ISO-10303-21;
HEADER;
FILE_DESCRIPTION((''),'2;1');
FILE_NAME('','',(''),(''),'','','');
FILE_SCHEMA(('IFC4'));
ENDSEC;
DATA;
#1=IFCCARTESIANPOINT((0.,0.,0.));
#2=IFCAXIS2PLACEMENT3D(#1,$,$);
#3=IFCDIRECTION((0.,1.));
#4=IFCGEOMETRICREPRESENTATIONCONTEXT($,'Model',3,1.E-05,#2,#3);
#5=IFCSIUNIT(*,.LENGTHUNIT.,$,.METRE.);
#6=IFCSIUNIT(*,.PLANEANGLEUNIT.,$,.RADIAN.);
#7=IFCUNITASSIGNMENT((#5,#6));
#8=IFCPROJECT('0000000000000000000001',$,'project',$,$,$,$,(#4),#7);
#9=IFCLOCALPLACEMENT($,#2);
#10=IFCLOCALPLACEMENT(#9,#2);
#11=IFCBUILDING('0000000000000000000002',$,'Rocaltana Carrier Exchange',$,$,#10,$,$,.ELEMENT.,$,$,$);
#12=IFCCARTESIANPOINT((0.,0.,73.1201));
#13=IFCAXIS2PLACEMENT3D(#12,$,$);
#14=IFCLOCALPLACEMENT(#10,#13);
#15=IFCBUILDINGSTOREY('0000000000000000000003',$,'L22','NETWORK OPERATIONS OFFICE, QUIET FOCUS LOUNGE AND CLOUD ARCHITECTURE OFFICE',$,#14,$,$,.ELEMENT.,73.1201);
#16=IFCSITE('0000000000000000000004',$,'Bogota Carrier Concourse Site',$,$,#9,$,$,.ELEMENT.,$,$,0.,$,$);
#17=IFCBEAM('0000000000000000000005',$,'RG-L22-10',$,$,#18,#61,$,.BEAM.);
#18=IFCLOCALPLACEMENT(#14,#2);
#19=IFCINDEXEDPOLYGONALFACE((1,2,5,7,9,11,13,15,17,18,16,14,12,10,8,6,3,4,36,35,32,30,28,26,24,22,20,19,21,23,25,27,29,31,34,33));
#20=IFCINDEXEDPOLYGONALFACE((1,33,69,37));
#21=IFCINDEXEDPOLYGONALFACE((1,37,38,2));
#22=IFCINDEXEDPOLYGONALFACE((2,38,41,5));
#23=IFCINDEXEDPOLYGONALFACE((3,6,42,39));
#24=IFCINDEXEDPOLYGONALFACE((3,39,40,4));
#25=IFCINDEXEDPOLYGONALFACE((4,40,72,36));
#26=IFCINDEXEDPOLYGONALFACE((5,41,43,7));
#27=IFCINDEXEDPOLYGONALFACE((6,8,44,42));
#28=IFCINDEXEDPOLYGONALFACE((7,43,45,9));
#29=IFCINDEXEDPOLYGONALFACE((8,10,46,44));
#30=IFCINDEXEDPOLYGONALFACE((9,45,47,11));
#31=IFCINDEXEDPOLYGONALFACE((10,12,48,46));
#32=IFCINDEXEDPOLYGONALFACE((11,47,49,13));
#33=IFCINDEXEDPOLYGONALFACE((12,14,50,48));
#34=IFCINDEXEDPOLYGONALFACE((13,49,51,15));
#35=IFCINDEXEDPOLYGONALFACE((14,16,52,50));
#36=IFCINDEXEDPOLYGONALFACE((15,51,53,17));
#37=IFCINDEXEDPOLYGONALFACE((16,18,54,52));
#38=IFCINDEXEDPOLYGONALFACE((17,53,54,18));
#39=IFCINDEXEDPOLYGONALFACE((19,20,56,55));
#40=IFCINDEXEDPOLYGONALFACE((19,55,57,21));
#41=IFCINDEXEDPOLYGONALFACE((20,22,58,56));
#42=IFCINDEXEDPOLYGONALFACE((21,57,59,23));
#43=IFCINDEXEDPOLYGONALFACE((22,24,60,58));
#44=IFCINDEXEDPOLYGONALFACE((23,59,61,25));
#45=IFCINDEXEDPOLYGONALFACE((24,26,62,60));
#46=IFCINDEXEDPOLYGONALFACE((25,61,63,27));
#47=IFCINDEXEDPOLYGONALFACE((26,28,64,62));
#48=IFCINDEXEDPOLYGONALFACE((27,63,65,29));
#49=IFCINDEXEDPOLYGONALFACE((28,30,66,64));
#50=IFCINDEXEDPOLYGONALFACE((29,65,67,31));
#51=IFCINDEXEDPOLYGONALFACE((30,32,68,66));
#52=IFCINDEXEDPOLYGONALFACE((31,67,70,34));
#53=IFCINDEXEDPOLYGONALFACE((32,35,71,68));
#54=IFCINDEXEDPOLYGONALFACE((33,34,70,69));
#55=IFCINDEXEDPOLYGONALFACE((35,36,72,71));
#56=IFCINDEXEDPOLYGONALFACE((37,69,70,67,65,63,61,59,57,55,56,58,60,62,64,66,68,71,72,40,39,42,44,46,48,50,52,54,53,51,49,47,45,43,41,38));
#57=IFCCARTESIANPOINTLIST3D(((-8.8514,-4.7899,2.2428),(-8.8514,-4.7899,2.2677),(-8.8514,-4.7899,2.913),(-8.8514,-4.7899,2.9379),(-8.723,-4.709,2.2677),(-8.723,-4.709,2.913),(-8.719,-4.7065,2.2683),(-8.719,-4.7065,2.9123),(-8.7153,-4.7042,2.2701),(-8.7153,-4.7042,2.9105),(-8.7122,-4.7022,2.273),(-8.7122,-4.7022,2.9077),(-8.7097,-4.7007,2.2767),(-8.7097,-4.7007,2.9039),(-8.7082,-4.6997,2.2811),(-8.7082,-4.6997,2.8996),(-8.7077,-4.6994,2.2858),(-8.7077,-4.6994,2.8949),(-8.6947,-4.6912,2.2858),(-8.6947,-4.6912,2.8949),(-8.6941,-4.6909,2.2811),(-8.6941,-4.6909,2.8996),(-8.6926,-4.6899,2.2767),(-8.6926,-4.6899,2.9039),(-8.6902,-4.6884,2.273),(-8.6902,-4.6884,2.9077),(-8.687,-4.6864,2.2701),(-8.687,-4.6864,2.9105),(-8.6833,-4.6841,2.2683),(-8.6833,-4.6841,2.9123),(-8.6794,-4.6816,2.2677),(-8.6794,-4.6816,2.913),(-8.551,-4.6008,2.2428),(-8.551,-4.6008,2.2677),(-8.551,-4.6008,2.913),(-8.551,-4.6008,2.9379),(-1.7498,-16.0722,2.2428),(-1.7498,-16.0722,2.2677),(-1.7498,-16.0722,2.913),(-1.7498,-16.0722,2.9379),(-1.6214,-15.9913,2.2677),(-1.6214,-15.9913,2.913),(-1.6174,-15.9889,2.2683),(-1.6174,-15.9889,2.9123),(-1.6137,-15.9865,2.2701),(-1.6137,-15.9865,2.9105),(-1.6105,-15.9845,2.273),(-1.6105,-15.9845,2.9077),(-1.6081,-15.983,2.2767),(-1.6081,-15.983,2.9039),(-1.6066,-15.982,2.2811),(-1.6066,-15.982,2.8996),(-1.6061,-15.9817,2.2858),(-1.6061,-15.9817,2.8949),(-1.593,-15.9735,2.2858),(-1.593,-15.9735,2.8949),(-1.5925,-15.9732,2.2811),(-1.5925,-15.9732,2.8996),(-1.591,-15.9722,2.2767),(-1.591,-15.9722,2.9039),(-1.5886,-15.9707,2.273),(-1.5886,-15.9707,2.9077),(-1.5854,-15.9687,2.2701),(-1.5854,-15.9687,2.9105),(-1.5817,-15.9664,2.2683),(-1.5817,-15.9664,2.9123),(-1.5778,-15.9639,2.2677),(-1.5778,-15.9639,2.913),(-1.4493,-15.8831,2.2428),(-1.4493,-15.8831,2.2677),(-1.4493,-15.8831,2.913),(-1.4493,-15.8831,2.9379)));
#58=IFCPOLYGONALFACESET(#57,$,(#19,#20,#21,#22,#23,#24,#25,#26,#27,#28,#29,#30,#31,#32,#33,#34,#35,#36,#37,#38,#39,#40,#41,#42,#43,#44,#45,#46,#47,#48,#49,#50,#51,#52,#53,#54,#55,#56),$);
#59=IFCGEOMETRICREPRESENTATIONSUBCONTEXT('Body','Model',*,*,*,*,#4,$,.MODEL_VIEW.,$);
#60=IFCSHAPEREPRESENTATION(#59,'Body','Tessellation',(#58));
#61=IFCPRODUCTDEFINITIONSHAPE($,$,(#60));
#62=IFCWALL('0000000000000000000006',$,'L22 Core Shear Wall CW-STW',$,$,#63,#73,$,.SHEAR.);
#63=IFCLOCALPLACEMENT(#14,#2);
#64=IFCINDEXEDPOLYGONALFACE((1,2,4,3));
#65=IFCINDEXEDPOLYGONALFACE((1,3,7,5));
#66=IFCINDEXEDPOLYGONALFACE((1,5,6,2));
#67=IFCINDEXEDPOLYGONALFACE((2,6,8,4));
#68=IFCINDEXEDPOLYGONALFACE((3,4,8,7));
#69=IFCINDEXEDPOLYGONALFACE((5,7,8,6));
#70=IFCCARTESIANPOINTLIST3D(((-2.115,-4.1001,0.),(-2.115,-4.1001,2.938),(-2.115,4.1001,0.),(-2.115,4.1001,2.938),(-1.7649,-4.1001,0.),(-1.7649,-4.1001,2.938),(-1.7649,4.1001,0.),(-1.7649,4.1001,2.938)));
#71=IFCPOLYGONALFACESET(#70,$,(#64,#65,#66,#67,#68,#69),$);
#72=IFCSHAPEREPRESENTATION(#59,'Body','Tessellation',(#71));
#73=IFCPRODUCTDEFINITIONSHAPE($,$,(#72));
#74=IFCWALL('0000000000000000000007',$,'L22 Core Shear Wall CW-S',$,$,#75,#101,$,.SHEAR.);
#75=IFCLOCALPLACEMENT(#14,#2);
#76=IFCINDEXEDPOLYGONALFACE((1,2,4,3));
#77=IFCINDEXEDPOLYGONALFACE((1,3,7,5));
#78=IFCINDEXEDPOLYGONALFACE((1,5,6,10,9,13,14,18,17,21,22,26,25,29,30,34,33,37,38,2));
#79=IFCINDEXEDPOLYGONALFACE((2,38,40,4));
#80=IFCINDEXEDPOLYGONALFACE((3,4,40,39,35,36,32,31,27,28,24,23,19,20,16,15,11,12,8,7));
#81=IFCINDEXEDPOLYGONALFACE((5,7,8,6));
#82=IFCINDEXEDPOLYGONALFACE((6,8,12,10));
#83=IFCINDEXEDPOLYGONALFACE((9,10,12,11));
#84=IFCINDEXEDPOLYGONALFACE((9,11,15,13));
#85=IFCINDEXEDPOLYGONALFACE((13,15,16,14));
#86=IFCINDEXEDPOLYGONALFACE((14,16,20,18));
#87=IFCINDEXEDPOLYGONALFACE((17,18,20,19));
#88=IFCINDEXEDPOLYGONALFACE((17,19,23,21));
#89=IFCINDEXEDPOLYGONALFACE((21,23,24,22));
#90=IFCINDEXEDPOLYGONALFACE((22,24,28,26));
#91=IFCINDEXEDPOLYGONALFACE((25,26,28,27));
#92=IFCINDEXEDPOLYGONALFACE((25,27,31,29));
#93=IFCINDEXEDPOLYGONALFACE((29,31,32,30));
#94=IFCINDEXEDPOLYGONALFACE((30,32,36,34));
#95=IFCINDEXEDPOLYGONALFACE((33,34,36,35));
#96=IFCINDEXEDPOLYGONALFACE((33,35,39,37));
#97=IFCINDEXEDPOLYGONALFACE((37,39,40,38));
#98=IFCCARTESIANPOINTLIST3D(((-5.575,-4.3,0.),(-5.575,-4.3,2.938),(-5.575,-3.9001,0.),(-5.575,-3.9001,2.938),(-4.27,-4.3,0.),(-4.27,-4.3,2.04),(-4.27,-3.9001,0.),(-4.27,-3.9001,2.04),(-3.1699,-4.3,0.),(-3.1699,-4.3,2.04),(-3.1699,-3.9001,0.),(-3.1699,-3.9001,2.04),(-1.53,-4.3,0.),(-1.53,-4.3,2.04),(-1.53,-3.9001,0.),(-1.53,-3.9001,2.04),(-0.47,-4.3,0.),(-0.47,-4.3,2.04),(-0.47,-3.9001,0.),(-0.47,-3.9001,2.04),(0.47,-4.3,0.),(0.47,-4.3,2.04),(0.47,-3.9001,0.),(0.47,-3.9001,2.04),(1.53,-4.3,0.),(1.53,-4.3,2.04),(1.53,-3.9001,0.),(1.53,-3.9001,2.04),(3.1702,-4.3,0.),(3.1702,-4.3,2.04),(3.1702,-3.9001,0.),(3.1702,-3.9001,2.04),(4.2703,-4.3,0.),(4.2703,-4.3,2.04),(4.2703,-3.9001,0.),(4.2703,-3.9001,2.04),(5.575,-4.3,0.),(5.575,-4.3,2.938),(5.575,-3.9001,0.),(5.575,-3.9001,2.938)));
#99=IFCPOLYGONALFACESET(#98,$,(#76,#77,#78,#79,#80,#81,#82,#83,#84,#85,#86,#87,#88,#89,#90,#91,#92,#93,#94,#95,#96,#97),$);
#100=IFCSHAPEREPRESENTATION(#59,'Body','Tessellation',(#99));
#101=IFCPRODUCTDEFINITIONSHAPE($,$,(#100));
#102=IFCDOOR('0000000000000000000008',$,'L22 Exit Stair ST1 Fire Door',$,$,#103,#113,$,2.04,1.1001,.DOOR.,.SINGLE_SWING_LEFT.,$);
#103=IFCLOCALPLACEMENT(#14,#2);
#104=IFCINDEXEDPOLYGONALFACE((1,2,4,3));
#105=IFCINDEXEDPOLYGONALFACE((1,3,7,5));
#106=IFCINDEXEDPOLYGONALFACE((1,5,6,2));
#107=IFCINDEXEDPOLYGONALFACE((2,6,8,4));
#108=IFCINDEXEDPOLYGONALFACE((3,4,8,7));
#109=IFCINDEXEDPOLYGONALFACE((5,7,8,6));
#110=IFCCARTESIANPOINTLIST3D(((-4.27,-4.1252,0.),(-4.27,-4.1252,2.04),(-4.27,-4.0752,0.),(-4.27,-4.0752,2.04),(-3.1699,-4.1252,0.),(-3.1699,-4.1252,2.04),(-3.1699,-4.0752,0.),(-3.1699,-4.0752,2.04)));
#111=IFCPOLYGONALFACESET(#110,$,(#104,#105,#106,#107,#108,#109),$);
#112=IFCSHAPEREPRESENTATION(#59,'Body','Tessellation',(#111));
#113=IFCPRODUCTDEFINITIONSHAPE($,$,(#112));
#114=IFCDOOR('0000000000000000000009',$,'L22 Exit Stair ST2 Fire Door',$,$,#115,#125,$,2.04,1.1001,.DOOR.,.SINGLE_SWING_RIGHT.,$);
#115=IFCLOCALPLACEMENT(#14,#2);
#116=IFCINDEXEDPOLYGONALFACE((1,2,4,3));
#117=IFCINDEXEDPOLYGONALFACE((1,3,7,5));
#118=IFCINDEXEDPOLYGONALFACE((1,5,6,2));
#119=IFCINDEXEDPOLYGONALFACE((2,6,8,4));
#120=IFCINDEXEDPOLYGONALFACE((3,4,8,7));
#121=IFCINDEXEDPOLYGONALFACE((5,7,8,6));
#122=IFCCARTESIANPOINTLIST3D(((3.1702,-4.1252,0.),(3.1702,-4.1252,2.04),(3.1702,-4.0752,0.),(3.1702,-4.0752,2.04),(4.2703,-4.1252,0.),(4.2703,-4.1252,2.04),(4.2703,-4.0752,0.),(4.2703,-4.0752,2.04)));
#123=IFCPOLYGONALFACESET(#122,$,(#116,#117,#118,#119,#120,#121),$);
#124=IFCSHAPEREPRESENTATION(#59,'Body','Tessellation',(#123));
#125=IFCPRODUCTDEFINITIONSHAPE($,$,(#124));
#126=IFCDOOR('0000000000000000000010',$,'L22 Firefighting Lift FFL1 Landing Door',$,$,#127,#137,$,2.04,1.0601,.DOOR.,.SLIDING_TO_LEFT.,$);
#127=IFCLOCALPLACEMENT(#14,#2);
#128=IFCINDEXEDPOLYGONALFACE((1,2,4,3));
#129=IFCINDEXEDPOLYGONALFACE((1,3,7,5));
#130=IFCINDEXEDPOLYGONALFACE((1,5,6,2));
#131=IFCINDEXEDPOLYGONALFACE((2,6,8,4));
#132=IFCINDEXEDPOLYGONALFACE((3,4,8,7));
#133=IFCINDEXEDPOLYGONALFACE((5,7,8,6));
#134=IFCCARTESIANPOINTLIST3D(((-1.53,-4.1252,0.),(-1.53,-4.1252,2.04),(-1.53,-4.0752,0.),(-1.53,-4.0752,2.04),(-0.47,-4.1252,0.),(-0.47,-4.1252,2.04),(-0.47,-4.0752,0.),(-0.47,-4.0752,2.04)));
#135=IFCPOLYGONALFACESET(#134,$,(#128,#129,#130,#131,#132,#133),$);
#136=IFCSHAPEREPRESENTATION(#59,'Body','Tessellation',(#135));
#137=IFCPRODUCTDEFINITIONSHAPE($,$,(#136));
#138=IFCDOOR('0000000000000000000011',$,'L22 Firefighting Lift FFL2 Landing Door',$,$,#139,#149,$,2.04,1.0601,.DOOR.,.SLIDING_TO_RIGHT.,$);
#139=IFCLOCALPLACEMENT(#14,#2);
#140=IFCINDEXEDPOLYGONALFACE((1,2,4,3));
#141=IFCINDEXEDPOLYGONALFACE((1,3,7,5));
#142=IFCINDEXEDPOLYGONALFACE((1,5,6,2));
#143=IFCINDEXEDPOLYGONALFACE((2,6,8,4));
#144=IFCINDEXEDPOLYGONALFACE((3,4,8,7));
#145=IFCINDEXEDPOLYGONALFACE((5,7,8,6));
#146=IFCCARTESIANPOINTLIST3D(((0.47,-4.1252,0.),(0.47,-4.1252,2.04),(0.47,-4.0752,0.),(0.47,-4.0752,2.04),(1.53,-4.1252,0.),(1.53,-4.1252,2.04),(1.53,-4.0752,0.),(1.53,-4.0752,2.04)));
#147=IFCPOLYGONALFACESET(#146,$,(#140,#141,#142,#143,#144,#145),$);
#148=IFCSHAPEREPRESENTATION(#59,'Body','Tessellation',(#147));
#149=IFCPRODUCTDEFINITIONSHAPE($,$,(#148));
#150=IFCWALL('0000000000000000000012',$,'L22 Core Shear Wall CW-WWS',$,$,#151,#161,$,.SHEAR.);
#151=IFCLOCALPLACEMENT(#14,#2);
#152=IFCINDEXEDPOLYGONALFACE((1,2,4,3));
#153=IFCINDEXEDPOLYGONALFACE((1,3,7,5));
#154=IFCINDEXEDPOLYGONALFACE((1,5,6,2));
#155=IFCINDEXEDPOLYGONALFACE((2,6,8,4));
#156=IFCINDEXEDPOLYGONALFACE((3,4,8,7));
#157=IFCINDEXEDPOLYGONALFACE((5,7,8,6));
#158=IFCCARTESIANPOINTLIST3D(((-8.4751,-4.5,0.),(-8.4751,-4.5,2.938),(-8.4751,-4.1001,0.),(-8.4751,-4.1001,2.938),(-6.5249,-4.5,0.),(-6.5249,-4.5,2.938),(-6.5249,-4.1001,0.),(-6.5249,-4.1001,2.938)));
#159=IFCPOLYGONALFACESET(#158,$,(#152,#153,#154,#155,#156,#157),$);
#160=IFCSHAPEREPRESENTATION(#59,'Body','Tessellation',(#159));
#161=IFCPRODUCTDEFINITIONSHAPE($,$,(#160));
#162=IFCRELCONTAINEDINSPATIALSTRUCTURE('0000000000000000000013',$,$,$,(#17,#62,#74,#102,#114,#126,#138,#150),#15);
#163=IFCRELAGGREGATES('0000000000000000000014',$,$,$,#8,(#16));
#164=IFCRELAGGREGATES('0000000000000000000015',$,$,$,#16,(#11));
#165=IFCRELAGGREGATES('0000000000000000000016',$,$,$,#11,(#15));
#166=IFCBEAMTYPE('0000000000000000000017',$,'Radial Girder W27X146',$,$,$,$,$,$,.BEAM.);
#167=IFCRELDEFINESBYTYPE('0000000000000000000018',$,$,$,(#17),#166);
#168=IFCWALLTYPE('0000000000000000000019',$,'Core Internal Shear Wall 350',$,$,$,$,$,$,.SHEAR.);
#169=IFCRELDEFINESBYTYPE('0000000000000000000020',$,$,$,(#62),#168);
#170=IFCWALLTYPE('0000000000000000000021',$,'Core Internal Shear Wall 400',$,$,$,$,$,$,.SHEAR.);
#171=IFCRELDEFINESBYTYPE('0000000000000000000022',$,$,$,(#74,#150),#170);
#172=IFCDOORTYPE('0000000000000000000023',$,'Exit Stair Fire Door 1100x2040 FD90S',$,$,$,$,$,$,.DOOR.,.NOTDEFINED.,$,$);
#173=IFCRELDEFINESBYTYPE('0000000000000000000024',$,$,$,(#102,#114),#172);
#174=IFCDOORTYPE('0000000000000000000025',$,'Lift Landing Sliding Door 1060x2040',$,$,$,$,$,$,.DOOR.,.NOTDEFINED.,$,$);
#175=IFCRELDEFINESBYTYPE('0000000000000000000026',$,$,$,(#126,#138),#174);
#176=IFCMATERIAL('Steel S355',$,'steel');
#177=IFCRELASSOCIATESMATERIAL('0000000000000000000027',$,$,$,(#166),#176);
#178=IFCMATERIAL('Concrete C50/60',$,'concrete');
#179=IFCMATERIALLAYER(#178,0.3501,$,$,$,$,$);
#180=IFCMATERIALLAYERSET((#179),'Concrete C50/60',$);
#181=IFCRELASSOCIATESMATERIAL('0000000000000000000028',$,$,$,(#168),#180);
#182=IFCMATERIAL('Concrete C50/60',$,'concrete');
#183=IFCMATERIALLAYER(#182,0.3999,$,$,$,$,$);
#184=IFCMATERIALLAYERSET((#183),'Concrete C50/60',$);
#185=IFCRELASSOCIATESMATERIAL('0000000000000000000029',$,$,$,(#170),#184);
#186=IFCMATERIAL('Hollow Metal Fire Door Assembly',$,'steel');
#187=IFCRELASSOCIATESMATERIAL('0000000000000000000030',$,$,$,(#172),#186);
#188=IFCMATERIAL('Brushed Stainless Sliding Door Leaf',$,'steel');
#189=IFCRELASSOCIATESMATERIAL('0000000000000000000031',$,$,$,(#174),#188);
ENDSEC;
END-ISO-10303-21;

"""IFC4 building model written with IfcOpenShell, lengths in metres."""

from ifc_helpers import new_model, si_unit, direction, frame, frame_2d, origin, origin_2d, place, context, subcontext, project, spatial, rectangle, i_section, extrude, material, layer, layer_set, material_profile, profile_set, type_object, element, fill, save


model = new_model("IFC4")

# Units and contexts
model_context = context("Model", 3, precision=1e-05, world=origin(), true_north=direction((0.0, 1.0)))
body_context = subcontext(model_context, "Body", "Model", "MODEL_VIEW")
ifc_project = project(units=[si_unit("LENGTHUNIT", "METRE"), si_unit("PLANEANGLEUNIT", "RADIAN")], contexts=[model_context])

# Site, building, storey
site_placement = place(None, origin())
site = spatial("IfcSite", under=ifc_project, at=site_placement, Name="Bogota Carrier Concourse Site", CompositionType="ELEMENT", RefElevation=0.0)
building_placement = place(site_placement, origin())
building = spatial("IfcBuilding", under=site, at=building_placement, Name="Rocaltana Carrier Exchange", CompositionType="ELEMENT")
storey_placement = place(building_placement, frame((0.0, 0.0, 73.1201)))
storey = spatial("IfcBuildingStorey", under=building, at=storey_placement, Name="L22", Description="NETWORK OPERATIONS OFFICE, QUIET FOCUS LOUNGE AND CLOUD ARCHITECTURE OFFICE", CompositionType="ELEMENT", Elevation=73.1201)

# Beam
ifc_material_1 = material(Name="Steel S355", Category="steel")
ifc_material_profile_1 = material_profile(ifc_material_1, i_section(OverallWidth=0.355, OverallDepth=0.6951, WebThickness=0.0154, FlangeThickness=0.0249, FilletRadius=0.0181, at=origin_2d()), Name="W27X146")
ifc_profile_set_1 = profile_set([ifc_material_profile_1], Name="Steel S355")
beam_type_1 = type_object("IfcBeamType", Name="Radial Girder W27X146", PredefinedType="BEAM", material=ifc_profile_set_1)
beam_1_placement = place(storey_placement, frame((-8.7012, -4.6953, 2.5903), z_axis=(0.532703, -0.846303, 0.0), x_axis=(0.846303, 0.532703, 0.0)))
element("IfcBeam", 1, at=beam_1_placement, inside=storey, type_object=beam_type_1, Name="RG-L22-10", PredefinedType="BEAM", context=body_context, shape_type="SweptSolid", body=[
    extrude(i_section(OverallWidth=0.355, OverallDepth=0.6951, WebThickness=0.0154, FlangeThickness=0.0249, FilletRadius=0.0181, at=origin_2d()), origin(), (0.0, 0.0, 1.0), 13.3313),
])

# Wall
ifc_material_2 = material(Name="Concrete C50/60", Category="concrete")
ifc_layer_1 = layer(ifc_material_2, 0.3501)
ifc_layer_set_1 = layer_set([ifc_layer_1], Name="Concrete C50/60")
wall_type_1 = type_object("IfcWallType", Name="Core Internal Shear Wall 350", PredefinedType="SHEAR", material=ifc_layer_set_1)
wall_1_placement = place(storey_placement, frame((-1.9399, -4.1001, 0.0), z_axis=(0.0, 0.0, 1.0), x_axis=(0.0, 1.0, 0.0)))
element("IfcWall", 2, at=wall_1_placement, inside=storey, type_object=wall_type_1, Name="L22 Core Shear Wall CW-STW", PredefinedType="SHEAR", context=body_context, shape_type="SweptSolid", body=[
    extrude(rectangle(XDim=8.2002, YDim=0.3501, at=frame_2d((4.1001, 0.0))), origin(), (0.0, 0.0, 1.0), 2.938),
])

# Wall, openings, doors
ifc_material_3 = material(Name="Concrete C50/60", Category="concrete")
ifc_layer_2 = layer(ifc_material_3, 0.3999)
ifc_layer_set_2 = layer_set([ifc_layer_2], Name="Concrete C50/60")
wall_type_2 = type_object("IfcWallType", Name="Core Internal Shear Wall 400", PredefinedType="SHEAR", material=ifc_layer_set_2)
wall_2_placement = place(storey_placement, frame((-5.575, -4.1001, 0.0), z_axis=(0.0, 0.0, 1.0), x_axis=(1.0, 0.0, 0.0)))
wall_2 = element("IfcWall", 3, at=wall_2_placement, inside=storey, type_object=wall_type_2, Name="L22 Core Shear Wall CW-S", PredefinedType="SHEAR", context=body_context, shape_type="SweptSolid", body=[
    extrude(rectangle(XDim=11.1499, YDim=0.3999, at=frame_2d((5.575, 0.0))), origin(), (0.0, 0.0, 1.0), 2.938),
])
opening_1_placement = place(wall_2_placement, frame((1.3049, 0.0, 0.0)))
opening_1 = element("IfcOpeningElement", 4, at=opening_1_placement, cuts=wall_2, PredefinedType="OPENING", context=body_context, shape_type="SweptSolid", body=[
    extrude(rectangle(XDim=1.1001, YDim=2.04, at=frame_2d((0.55, 1.02))), frame((0.0, 0.21, 0.0), z_axis=(0.0, -1.0, 0.0), x_axis=(1.0, 0.0, 0.0)), (0.0, 0.0, 1.0), 0.4199),
])
opening_2_placement = place(wall_2_placement, frame((8.7451, 0.0, 0.0)))
opening_2 = element("IfcOpeningElement", 5, at=opening_2_placement, cuts=wall_2, PredefinedType="OPENING", context=body_context, shape_type="SweptSolid", body=[
    extrude(rectangle(XDim=1.1001, YDim=2.04, at=frame_2d((0.55, 1.02))), frame((0.0, 0.21, 0.0), z_axis=(0.0, -1.0, 0.0), x_axis=(1.0, 0.0, 0.0)), (0.0, 0.0, 1.0), 0.4199),
])
opening_3_placement = place(wall_2_placement, frame((4.0449, 0.0, 0.0)))
opening_3 = element("IfcOpeningElement", 6, at=opening_3_placement, cuts=wall_2, PredefinedType="OPENING", context=body_context, shape_type="SweptSolid", body=[
    extrude(rectangle(XDim=1.0601, YDim=2.04, at=frame_2d((0.53, 1.02))), frame((0.0, 0.21, 0.0), z_axis=(0.0, -1.0, 0.0), x_axis=(1.0, 0.0, 0.0)), (0.0, 0.0, 1.0), 0.4199),
])
opening_4_placement = place(wall_2_placement, frame((6.0449, 0.0, 0.0)))
opening_4 = element("IfcOpeningElement", 7, at=opening_4_placement, cuts=wall_2, PredefinedType="OPENING", context=body_context, shape_type="SweptSolid", body=[
    extrude(rectangle(XDim=1.0601, YDim=2.04, at=frame_2d((0.53, 1.02))), frame((0.0, 0.21, 0.0), z_axis=(0.0, -1.0, 0.0), x_axis=(1.0, 0.0, 0.0)), (0.0, 0.0, 1.0), 0.4199),
])
ifc_material_4 = material(Name="Hollow Metal Fire Door Assembly", Category="steel")
door_type_1 = type_object("IfcDoorType", Name="Exit Stair Fire Door 1100x2040 FD90S", OperationType="NOTDEFINED", PredefinedType="DOOR", material=ifc_material_4)
door_1_placement = place(opening_1_placement, origin())
door_1 = element("IfcDoor", 8, at=door_1_placement, inside=storey, type_object=door_type_1, Name="L22 Exit Stair ST1 Fire Door", OperationType="SINGLE_SWING_LEFT", OverallHeight=2.04, OverallWidth=1.1001, PredefinedType="DOOR", context=body_context, shape_type="SweptSolid", body=[
    extrude(rectangle(XDim=1.1001, YDim=2.04, at=frame_2d((0.55, 1.02))), frame((0.0, 0.0249, 0.0), z_axis=(0.0, -1.0, 0.0), x_axis=(1.0, 0.0, 0.0)), (0.0, 0.0, 1.0), 0.05),
])
fill(opening_1, door_1)
door_2_placement = place(opening_2_placement, origin())
door_2 = element("IfcDoor", 9, at=door_2_placement, inside=storey, type_object=door_type_1, Name="L22 Exit Stair ST2 Fire Door", OperationType="SINGLE_SWING_RIGHT", OverallHeight=2.04, OverallWidth=1.1001, PredefinedType="DOOR", context=body_context, shape_type="SweptSolid", body=[
    extrude(rectangle(XDim=1.1001, YDim=2.04, at=frame_2d((0.55, 1.02))), frame((0.0, 0.0249, 0.0), z_axis=(0.0, -1.0, 0.0), x_axis=(1.0, 0.0, 0.0)), (0.0, 0.0, 1.0), 0.05),
])
fill(opening_2, door_2)
ifc_material_5 = material(Name="Brushed Stainless Sliding Door Leaf", Category="steel")
door_type_2 = type_object("IfcDoorType", Name="Lift Landing Sliding Door 1060x2040", OperationType="NOTDEFINED", PredefinedType="DOOR", material=ifc_material_5)
door_3_placement = place(opening_3_placement, origin())
door_3 = element("IfcDoor", 10, at=door_3_placement, inside=storey, type_object=door_type_2, Name="L22 Firefighting Lift FFL1 Landing Door", OperationType="SLIDING_TO_LEFT", OverallHeight=2.04, OverallWidth=1.0601, PredefinedType="DOOR", context=body_context, shape_type="SweptSolid", body=[
    extrude(rectangle(XDim=1.0601, YDim=2.04, at=frame_2d((0.53, 1.02))), frame((0.0, 0.0249, 0.0), z_axis=(0.0, -1.0, 0.0), x_axis=(1.0, 0.0, 0.0)), (0.0, 0.0, 1.0), 0.05),
])
fill(opening_3, door_3)
door_4_placement = place(opening_4_placement, origin())
door_4 = element("IfcDoor", 11, at=door_4_placement, inside=storey, type_object=door_type_2, Name="L22 Firefighting Lift FFL2 Landing Door", OperationType="SLIDING_TO_RIGHT", OverallHeight=2.04, OverallWidth=1.0601, PredefinedType="DOOR", context=body_context, shape_type="SweptSolid", body=[
    extrude(rectangle(XDim=1.0601, YDim=2.04, at=frame_2d((0.53, 1.02))), frame((0.0, 0.0249, 0.0), z_axis=(0.0, -1.0, 0.0), x_axis=(1.0, 0.0, 0.0)), (0.0, 0.0, 1.0), 0.05),
])
fill(opening_4, door_4)

# Wall
wall_3_placement = place(storey_placement, frame((-8.4751, -4.3, 0.0), z_axis=(0.0, 0.0, 1.0), x_axis=(1.0, 0.0, 0.0)))
element("IfcWall", 12, at=wall_3_placement, inside=storey, type_object=wall_type_2, Name="L22 Core Shear Wall CW-WWS", PredefinedType="SHEAR", context=body_context, shape_type="SweptSolid", body=[
    extrude(rectangle(XDim=1.9502, YDim=0.3999, at=frame_2d((0.9751, 0.0))), origin(), (0.0, 0.0, 1.0), 2.938),
])

save(model, "model.ifc")
